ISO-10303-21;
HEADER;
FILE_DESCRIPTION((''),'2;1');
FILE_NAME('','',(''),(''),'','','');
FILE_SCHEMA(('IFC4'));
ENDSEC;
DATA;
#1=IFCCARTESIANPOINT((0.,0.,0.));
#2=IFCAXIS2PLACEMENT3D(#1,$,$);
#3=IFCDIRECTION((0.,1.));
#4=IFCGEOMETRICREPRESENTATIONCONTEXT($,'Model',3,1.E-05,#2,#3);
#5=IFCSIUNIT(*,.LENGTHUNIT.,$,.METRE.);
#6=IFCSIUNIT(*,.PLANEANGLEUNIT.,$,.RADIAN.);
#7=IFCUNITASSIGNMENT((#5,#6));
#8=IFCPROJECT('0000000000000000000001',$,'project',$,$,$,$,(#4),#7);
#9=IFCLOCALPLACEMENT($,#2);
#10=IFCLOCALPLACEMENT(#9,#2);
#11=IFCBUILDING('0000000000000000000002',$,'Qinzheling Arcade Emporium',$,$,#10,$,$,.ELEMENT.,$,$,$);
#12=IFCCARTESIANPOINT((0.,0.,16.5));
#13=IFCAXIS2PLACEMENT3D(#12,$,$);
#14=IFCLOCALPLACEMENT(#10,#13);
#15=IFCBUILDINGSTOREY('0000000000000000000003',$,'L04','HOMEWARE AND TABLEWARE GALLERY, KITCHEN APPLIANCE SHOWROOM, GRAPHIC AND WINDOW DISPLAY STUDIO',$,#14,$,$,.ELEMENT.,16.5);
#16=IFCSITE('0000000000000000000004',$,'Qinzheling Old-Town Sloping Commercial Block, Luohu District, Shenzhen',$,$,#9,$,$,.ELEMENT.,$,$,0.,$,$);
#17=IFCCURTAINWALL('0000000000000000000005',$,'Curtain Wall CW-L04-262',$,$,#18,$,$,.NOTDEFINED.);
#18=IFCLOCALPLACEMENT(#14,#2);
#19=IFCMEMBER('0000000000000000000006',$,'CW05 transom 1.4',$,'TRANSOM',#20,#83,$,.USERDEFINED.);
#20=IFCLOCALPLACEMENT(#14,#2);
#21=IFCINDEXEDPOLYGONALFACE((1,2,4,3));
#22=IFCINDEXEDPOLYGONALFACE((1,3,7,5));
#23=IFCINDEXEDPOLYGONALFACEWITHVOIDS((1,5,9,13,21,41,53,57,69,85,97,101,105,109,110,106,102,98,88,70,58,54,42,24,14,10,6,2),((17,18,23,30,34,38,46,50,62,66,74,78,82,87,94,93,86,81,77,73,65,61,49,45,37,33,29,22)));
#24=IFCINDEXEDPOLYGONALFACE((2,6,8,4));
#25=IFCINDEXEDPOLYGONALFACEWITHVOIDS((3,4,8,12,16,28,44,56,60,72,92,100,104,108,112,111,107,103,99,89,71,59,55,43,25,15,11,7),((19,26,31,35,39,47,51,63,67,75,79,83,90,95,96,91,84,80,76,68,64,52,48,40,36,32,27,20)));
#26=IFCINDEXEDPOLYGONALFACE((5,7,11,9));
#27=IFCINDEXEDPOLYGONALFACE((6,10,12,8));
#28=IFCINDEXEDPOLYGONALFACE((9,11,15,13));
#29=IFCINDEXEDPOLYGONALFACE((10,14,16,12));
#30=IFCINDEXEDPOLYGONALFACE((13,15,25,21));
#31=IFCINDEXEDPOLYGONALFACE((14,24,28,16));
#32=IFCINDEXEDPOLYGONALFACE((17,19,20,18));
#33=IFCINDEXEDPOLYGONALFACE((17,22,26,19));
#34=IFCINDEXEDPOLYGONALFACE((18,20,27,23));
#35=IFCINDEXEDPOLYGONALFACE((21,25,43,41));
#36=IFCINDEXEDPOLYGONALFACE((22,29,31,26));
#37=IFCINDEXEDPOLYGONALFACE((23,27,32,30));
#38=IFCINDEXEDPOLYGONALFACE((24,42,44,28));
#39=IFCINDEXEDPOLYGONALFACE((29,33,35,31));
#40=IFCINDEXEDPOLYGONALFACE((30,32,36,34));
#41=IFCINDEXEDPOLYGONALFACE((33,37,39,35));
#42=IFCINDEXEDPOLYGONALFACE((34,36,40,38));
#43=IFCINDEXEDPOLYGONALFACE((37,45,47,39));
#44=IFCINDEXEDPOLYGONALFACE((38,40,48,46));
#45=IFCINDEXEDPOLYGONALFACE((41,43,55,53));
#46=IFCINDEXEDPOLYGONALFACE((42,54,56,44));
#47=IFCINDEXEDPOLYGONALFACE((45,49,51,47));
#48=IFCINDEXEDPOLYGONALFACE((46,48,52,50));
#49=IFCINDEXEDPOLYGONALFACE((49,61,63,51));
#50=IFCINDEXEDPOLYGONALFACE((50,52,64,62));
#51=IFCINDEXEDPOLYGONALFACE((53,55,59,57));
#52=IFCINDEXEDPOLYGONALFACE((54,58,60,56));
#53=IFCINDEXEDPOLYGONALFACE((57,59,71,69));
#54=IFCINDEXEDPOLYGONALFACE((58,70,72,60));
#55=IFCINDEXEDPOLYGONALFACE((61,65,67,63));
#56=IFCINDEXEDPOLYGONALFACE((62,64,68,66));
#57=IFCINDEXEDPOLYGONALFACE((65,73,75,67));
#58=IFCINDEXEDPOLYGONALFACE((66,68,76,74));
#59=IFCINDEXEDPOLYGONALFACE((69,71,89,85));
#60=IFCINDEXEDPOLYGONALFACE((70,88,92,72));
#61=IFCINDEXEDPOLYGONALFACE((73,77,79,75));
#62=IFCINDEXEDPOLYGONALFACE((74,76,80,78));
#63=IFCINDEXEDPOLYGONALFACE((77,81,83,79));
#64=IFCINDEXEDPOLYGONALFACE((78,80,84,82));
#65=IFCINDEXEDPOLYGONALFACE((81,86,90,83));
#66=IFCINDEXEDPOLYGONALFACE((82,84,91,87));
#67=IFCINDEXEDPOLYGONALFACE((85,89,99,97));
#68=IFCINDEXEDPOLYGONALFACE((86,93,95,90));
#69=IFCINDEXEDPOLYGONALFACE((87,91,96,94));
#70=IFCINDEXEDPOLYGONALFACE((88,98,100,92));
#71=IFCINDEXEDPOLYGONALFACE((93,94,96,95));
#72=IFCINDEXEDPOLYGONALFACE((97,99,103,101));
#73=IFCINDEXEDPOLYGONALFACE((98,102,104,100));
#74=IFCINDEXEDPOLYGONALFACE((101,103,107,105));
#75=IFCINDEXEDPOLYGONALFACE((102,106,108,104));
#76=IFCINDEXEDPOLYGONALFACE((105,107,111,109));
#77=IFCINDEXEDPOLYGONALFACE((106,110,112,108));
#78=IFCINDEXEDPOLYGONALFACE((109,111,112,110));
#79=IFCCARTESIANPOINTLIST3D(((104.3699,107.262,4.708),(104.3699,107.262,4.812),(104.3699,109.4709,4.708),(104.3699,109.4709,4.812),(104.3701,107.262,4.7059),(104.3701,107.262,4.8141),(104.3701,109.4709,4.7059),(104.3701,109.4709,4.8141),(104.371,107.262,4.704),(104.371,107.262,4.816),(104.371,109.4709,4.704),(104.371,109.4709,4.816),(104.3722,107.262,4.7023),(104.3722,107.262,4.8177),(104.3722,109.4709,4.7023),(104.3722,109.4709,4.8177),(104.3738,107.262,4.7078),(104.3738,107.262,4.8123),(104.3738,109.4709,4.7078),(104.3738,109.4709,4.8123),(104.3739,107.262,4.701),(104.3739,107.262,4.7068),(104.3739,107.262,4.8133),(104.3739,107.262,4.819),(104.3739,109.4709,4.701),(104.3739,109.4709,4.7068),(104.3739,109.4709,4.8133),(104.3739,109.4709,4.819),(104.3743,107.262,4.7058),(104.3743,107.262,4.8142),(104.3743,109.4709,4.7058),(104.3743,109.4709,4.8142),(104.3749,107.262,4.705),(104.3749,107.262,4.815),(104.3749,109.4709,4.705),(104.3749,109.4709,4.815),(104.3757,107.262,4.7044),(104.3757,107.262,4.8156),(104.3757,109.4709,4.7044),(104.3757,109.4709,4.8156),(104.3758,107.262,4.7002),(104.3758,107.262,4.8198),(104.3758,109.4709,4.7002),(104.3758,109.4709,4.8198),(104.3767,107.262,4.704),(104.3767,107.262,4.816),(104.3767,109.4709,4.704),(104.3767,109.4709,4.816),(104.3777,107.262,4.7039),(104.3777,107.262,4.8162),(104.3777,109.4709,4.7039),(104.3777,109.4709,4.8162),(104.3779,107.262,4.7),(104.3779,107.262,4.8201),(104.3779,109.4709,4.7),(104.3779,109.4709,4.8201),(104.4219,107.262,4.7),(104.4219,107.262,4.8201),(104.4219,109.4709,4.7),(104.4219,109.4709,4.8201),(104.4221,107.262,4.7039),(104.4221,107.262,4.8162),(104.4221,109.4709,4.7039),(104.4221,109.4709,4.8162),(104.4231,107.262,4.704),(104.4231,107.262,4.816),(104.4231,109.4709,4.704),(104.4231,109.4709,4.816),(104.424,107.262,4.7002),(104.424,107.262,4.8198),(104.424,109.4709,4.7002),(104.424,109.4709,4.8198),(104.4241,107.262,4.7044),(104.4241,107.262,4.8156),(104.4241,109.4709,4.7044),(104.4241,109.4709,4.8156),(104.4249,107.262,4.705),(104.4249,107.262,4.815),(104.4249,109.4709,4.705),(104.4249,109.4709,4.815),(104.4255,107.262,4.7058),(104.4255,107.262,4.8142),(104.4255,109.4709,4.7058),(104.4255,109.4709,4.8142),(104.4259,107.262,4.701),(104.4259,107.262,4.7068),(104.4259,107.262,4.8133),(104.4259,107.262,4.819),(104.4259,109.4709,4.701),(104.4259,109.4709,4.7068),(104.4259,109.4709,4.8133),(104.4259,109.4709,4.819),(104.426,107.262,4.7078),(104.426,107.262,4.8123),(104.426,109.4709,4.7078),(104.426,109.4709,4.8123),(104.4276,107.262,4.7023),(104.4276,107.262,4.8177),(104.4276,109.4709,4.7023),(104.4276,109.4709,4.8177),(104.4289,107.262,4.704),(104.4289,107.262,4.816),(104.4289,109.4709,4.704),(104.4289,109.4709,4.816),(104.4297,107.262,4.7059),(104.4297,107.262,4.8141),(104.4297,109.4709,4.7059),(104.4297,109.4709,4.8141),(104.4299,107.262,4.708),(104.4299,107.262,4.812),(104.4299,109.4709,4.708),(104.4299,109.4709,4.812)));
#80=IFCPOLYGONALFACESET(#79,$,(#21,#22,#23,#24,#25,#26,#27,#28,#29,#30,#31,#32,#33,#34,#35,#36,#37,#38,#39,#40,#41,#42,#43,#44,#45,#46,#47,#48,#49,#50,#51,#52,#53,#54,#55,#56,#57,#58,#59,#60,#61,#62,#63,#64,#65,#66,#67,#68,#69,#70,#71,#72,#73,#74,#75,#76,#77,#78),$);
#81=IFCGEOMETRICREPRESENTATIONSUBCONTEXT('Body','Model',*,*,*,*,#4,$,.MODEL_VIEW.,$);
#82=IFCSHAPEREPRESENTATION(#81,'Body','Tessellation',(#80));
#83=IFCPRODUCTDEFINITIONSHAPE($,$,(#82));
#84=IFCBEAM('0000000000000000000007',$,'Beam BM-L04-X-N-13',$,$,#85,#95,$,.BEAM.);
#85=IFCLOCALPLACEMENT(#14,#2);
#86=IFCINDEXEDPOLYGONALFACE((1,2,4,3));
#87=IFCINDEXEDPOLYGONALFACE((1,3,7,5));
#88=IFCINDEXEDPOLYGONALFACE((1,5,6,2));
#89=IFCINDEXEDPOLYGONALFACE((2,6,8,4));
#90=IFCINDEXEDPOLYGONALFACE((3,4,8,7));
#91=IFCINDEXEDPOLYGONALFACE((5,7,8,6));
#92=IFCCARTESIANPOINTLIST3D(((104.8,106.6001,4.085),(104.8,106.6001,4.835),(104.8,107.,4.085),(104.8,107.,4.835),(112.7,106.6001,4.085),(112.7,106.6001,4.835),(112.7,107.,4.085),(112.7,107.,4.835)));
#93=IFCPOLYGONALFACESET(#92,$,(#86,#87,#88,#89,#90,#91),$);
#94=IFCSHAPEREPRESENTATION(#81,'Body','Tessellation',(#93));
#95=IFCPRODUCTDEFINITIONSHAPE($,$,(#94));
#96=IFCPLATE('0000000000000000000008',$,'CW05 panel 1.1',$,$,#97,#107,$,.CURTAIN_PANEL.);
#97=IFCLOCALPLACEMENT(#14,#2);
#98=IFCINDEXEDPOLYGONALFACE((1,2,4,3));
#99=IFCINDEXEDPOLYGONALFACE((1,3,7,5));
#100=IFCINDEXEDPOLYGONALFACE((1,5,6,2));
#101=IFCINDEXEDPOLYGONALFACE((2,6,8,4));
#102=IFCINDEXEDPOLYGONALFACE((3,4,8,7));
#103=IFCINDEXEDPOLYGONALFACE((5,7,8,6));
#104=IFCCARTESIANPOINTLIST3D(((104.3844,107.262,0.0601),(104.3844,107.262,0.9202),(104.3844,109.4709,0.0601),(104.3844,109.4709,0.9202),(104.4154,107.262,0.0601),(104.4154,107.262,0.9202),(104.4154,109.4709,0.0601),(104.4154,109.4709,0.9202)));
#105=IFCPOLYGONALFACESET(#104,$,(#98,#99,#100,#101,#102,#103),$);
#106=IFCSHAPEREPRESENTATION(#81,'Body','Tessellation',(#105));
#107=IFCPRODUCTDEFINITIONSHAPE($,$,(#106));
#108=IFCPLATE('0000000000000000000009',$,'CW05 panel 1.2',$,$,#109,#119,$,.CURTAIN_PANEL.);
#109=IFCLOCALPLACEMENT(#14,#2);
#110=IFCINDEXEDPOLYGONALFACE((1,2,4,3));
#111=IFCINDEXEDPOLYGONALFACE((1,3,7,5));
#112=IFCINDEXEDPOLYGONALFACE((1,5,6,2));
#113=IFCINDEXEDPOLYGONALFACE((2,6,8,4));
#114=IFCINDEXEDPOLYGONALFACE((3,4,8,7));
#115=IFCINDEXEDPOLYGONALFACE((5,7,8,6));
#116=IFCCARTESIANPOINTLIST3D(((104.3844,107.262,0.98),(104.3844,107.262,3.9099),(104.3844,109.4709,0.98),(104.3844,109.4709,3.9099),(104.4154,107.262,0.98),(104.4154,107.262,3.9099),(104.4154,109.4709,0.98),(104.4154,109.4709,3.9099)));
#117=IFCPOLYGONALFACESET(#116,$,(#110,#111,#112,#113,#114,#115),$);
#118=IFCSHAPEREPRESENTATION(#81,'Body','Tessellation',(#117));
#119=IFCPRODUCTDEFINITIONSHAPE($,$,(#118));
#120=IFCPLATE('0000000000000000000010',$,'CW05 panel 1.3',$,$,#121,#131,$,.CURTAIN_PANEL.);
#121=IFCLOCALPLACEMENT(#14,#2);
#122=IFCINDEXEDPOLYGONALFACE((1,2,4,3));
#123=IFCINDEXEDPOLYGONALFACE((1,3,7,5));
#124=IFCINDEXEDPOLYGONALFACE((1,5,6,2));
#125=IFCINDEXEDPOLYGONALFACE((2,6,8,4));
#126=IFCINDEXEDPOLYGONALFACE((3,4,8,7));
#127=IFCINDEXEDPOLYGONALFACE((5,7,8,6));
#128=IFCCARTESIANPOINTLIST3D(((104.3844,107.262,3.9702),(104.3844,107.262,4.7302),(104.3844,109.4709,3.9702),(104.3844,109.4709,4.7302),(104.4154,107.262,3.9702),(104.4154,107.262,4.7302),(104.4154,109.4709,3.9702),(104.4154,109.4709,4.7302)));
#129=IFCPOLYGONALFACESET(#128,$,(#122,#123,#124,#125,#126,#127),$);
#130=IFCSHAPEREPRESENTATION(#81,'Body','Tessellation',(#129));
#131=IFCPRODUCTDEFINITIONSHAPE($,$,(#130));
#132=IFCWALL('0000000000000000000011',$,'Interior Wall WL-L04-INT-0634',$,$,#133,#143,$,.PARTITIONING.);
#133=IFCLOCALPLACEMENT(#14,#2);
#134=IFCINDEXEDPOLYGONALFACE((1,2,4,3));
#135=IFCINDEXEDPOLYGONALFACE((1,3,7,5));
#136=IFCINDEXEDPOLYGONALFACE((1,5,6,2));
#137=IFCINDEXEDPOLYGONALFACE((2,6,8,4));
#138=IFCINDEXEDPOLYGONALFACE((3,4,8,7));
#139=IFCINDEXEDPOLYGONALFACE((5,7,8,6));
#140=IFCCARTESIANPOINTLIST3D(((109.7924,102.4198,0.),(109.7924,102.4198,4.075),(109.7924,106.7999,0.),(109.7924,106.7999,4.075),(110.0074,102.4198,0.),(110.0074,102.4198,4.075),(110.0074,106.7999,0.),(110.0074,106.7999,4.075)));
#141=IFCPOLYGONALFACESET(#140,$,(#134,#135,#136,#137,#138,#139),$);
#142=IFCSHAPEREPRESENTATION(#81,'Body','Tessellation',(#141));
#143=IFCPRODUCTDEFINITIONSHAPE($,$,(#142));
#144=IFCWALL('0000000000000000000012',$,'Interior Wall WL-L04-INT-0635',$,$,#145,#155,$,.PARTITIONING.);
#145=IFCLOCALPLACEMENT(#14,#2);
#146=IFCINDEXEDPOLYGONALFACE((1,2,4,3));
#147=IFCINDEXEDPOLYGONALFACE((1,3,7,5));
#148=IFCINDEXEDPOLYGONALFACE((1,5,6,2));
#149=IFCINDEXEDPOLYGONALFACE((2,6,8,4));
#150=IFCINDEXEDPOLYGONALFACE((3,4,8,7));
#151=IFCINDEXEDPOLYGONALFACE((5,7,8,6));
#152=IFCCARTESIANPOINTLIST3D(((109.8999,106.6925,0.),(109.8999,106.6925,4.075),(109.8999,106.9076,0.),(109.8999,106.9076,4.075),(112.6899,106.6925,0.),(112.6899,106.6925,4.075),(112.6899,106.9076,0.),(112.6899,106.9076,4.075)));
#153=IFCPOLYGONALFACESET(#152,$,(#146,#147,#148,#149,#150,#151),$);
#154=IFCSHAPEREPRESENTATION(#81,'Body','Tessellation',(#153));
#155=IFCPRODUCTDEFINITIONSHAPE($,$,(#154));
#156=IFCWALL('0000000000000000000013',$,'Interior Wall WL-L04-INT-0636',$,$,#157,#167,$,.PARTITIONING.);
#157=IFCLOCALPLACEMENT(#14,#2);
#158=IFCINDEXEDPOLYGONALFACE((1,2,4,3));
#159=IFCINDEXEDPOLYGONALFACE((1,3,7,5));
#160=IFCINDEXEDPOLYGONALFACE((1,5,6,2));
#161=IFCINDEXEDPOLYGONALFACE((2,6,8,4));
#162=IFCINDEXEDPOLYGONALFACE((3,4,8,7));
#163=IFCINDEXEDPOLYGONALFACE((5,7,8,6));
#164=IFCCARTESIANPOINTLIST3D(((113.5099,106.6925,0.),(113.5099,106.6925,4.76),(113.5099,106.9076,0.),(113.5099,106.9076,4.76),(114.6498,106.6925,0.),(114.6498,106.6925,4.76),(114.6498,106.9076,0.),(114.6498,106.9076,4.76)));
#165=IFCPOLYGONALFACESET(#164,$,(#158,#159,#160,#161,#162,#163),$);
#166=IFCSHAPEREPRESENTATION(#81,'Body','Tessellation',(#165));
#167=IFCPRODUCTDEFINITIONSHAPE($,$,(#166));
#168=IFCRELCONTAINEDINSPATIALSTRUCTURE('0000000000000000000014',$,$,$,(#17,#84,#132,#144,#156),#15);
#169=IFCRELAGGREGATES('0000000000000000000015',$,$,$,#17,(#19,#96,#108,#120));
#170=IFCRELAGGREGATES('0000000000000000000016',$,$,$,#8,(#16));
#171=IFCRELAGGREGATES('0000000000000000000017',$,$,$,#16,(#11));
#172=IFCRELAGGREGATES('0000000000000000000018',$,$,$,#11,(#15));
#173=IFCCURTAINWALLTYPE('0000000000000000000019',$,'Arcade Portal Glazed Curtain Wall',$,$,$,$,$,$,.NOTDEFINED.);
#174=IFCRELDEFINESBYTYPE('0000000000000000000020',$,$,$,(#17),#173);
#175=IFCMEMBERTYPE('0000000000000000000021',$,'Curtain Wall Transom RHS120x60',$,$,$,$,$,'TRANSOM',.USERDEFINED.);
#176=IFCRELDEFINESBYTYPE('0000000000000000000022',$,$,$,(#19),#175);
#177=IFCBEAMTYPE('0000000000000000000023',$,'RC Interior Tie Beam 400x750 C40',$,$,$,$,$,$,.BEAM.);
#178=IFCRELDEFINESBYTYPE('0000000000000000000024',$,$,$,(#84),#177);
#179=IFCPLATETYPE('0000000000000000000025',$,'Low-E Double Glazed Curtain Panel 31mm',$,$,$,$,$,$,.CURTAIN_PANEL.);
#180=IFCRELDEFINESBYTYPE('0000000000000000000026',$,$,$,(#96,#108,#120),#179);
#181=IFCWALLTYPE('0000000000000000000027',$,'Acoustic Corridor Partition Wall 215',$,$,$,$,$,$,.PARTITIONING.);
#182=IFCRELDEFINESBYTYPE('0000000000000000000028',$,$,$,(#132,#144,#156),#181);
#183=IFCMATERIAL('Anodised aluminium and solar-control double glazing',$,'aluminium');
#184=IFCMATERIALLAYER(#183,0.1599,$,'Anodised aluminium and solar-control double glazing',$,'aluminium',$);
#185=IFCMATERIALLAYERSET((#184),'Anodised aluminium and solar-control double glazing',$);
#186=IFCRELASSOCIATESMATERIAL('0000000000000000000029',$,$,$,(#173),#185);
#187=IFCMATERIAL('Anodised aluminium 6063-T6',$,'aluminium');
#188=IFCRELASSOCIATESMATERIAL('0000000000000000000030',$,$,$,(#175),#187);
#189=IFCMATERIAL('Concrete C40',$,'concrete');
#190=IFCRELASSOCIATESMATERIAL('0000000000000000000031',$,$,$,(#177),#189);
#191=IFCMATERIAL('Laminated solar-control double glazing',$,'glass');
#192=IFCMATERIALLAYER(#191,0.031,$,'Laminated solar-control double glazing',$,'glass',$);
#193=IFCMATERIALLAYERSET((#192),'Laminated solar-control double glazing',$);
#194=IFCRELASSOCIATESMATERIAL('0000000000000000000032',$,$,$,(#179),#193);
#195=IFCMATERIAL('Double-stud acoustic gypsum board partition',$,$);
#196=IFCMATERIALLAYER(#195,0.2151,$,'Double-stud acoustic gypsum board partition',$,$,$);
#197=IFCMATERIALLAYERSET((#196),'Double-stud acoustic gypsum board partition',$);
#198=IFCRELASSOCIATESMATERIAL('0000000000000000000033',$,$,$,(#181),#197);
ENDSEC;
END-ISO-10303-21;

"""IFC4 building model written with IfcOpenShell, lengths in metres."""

from ifc_helpers import new_model, si_unit, direction, frame, frame_2d, origin, origin_2d, place, context, subcontext, project, spatial, rectangle, hollow_rectangle, extrude, material, layer, layer_set, material_profile, profile_set, type_object, element, aggregate, save


model = new_model("IFC4")

# Units and contexts
model_context = context("Model", 3, precision=1e-05, world=origin(), true_north=direction((0.0, 1.0)))
body_context = subcontext(model_context, "Body", "Model", "MODEL_VIEW")
ifc_project = project(units=[si_unit("LENGTHUNIT", "METRE"), si_unit("PLANEANGLEUNIT", "RADIAN")], contexts=[model_context])

# Site, building, storey
site_placement = place(None, origin())
site = spatial("IfcSite", under=ifc_project, at=site_placement, Name="Qinzheling Old-Town Sloping Commercial Block, Luohu District, Shenzhen", CompositionType="ELEMENT", RefElevation=0.0)
building_placement = place(site_placement, origin())
building = spatial("IfcBuilding", under=site, at=building_placement, Name="Qinzheling Arcade Emporium", CompositionType="ELEMENT")
storey_placement = place(building_placement, frame((0.0, 0.0, 16.5)))
storey = spatial("IfcBuildingStorey", under=building, at=storey_placement, Name="L04", Description="HOMEWARE AND TABLEWARE GALLERY, KITCHEN APPLIANCE SHOWROOM, GRAPHIC AND WINDOW DISPLAY STUDIO", CompositionType="ELEMENT", Elevation=16.5)

# Shared definitions
ifc_material_1 = material(Name="Concrete C40", Category="concrete")

# Curtain wall, member
ifc_material_2 = material(Name="Anodised aluminium and solar-control double glazing", Category="aluminium")
ifc_layer_1 = layer(ifc_material_2, 0.1599, Name="Anodised aluminium and solar-control double glazing", Category="aluminium")
ifc_layer_set_1 = layer_set([ifc_layer_1], Name="Anodised aluminium and solar-control double glazing")
curtain_wall_type = type_object("IfcCurtainWallType", Name="Arcade Portal Glazed Curtain Wall", PredefinedType="NOTDEFINED", material=ifc_layer_set_1)
curtain_wall_placement = place(storey_placement, origin())
curtain_wall = element("IfcCurtainWall", 1, at=curtain_wall_placement, inside=storey, type_object=curtain_wall_type, Name="Curtain Wall CW-L04-262", PredefinedType="NOTDEFINED")
ifc_material_3 = material(Name="Anodised aluminium 6063-T6", Category="aluminium")
ifc_material_profile_1 = material_profile(ifc_material_3, hollow_rectangle(XDim=0.0601, YDim=0.1201, WallThickness=0.0039, InnerFilletRadius=0.0039, OuterFilletRadius=0.0081, at=origin_2d()), Name="RHS 120x60x4", Category="aluminium")
ifc_profile_set_1 = profile_set([ifc_material_profile_1], Name="Anodised aluminium 6063-T6")
member_type_1 = type_object("IfcMemberType", Name="Curtain Wall Transom RHS120x60", ElementType="TRANSOM", PredefinedType="USERDEFINED", material=ifc_profile_set_1)
member_1_placement = place(storey_placement, frame((104.3999, 107.262, 4.76), z_axis=(0.0, 1.0, 0.0), x_axis=(-1.0, 0.0, 0.0)))
member_1 = element("IfcMember", 2, at=member_1_placement, type_object=member_type_1, Name="CW05 transom 1.4", ObjectType="TRANSOM", PredefinedType="USERDEFINED", context=body_context, shape_type="SweptSolid", body=[
    extrude(hollow_rectangle(XDim=0.0601, YDim=0.1201, WallThickness=0.0039, InnerFilletRadius=0.0039, OuterFilletRadius=0.0081, at=origin_2d()), origin(), (0.0, 0.0, 1.0), 2.209),
])

# Beam
ifc_material_profile_2 = material_profile(ifc_material_1, rectangle(XDim=0.3999, YDim=0.75, at=origin_2d()), Name="RC 400x750", Category="concrete")
ifc_profile_set_2 = profile_set([ifc_material_profile_2], Name="Concrete C40")
beam_type = type_object("IfcBeamType", Name="RC Interior Tie Beam 400x750 C40", PredefinedType="BEAM", material=ifc_profile_set_2)
beam_placement = place(storey_placement, frame((104.8, 106.8, 4.46), z_axis=(1.0, 0.0, 0.0), x_axis=(0.0, 1.0, 0.0)))
element("IfcBeam", 3, at=beam_placement, inside=storey, type_object=beam_type, Name="Beam BM-L04-X-N-13", PredefinedType="BEAM", context=body_context, shape_type="SweptSolid", body=[
    extrude(rectangle(XDim=0.3999, YDim=0.75, at=origin_2d()), origin(), (0.0, 0.0, 1.0), 7.8999),
])

# Plates
ifc_material_4 = material(Name="Laminated solar-control double glazing", Category="glass")
ifc_layer_2 = layer(ifc_material_4, 0.031, Name="Laminated solar-control double glazing", Category="glass")
ifc_layer_set_2 = layer_set([ifc_layer_2], Name="Laminated solar-control double glazing")
plate_type = type_object("IfcPlateType", Name="Low-E Double Glazed Curtain Panel 31mm", PredefinedType="CURTAIN_PANEL", material=ifc_layer_set_2)
plate_1_placement = place(storey_placement, frame((104.3999, 108.3665, 0.0601), z_axis=(0.0, 0.0, 1.0), x_axis=(0.0, 1.0, 0.0)))
plate_1 = element("IfcPlate", 4, at=plate_1_placement, type_object=plate_type, Name="CW05 panel 1.1", PredefinedType="CURTAIN_PANEL", context=body_context, shape_type="SweptSolid", body=[
    extrude(rectangle(XDim=2.209, YDim=0.031, at=origin_2d()), origin(), (0.0, 0.0, 1.0), 0.8601),
])
plate_2_placement = place(storey_placement, frame((104.3999, 108.3665, 0.98), z_axis=(0.0, 0.0, 1.0), x_axis=(0.0, 1.0, 0.0)))
plate_2 = element("IfcPlate", 5, at=plate_2_placement, type_object=plate_type, Name="CW05 panel 1.2", PredefinedType="CURTAIN_PANEL", context=body_context, shape_type="SweptSolid", body=[
    extrude(rectangle(XDim=2.209, YDim=0.031, at=origin_2d()), origin(), (0.0, 0.0, 1.0), 2.9299),
])
plate_3_placement = place(storey_placement, frame((104.3999, 108.3665, 3.9702), z_axis=(0.0, 0.0, 1.0), x_axis=(0.0, 1.0, 0.0)))
plate_3 = element("IfcPlate", 6, at=plate_3_placement, type_object=plate_type, Name="CW05 panel 1.3", PredefinedType="CURTAIN_PANEL", context=body_context, shape_type="SweptSolid", body=[
    extrude(rectangle(XDim=2.209, YDim=0.031, at=origin_2d()), origin(), (0.0, 0.0, 1.0), 0.76),
])
aggregate(curtain_wall, [member_1, plate_1, plate_2, plate_3])

# Walls
ifc_material_5 = material(Name="Double-stud acoustic gypsum board partition")
ifc_layer_3 = layer(ifc_material_5, 0.2151, Name="Double-stud acoustic gypsum board partition")
ifc_layer_set_3 = layer_set([ifc_layer_3], Name="Double-stud acoustic gypsum board partition")
wall_type_1 = type_object("IfcWallType", Name="Acoustic Corridor Partition Wall 215", PredefinedType="PARTITIONING", material=ifc_layer_set_3)
wall_1_placement = place(storey_placement, frame((109.8999, 102.4199, 0.0), z_axis=(0.0, 0.0, 1.0), x_axis=(0.0, 1.0, 0.0)))
element("IfcWall", 7, at=wall_1_placement, inside=storey, type_object=wall_type_1, Name="Interior Wall WL-L04-INT-0634", PredefinedType="PARTITIONING", context=body_context, shape_type="SweptSolid", body=[
    extrude(rectangle(XDim=4.3801, YDim=0.2151, at=frame_2d((2.1899, 0.0))), origin(), (0.0, 0.0, 1.0), 4.075),
])
wall_2_placement = place(storey_placement, frame((109.8999, 106.8, 0.0), z_axis=(0.0, 0.0, 1.0), x_axis=(1.0, 0.0, 0.0)))
element("IfcWall", 8, at=wall_2_placement, inside=storey, type_object=wall_type_1, Name="Interior Wall WL-L04-INT-0635", PredefinedType="PARTITIONING", context=body_context, shape_type="SweptSolid", body=[
    extrude(rectangle(XDim=2.79, YDim=0.2151, at=frame_2d((1.395, 0.0))), origin(), (0.0, 0.0, 1.0), 4.075),
])
wall_3_placement = place(storey_placement, frame((113.51, 106.8, 0.0), z_axis=(0.0, 0.0, 1.0), x_axis=(1.0, 0.0, 0.0)))
element("IfcWall", 9, at=wall_3_placement, inside=storey, type_object=wall_type_1, Name="Interior Wall WL-L04-INT-0636", PredefinedType="PARTITIONING", context=body_context, shape_type="SweptSolid", body=[
    extrude(rectangle(XDim=1.1399, YDim=0.2151, at=frame_2d((0.5698, 0.0))), origin(), (0.0, 0.0, 1.0), 4.76),
])

save(model, "model.ifc")
